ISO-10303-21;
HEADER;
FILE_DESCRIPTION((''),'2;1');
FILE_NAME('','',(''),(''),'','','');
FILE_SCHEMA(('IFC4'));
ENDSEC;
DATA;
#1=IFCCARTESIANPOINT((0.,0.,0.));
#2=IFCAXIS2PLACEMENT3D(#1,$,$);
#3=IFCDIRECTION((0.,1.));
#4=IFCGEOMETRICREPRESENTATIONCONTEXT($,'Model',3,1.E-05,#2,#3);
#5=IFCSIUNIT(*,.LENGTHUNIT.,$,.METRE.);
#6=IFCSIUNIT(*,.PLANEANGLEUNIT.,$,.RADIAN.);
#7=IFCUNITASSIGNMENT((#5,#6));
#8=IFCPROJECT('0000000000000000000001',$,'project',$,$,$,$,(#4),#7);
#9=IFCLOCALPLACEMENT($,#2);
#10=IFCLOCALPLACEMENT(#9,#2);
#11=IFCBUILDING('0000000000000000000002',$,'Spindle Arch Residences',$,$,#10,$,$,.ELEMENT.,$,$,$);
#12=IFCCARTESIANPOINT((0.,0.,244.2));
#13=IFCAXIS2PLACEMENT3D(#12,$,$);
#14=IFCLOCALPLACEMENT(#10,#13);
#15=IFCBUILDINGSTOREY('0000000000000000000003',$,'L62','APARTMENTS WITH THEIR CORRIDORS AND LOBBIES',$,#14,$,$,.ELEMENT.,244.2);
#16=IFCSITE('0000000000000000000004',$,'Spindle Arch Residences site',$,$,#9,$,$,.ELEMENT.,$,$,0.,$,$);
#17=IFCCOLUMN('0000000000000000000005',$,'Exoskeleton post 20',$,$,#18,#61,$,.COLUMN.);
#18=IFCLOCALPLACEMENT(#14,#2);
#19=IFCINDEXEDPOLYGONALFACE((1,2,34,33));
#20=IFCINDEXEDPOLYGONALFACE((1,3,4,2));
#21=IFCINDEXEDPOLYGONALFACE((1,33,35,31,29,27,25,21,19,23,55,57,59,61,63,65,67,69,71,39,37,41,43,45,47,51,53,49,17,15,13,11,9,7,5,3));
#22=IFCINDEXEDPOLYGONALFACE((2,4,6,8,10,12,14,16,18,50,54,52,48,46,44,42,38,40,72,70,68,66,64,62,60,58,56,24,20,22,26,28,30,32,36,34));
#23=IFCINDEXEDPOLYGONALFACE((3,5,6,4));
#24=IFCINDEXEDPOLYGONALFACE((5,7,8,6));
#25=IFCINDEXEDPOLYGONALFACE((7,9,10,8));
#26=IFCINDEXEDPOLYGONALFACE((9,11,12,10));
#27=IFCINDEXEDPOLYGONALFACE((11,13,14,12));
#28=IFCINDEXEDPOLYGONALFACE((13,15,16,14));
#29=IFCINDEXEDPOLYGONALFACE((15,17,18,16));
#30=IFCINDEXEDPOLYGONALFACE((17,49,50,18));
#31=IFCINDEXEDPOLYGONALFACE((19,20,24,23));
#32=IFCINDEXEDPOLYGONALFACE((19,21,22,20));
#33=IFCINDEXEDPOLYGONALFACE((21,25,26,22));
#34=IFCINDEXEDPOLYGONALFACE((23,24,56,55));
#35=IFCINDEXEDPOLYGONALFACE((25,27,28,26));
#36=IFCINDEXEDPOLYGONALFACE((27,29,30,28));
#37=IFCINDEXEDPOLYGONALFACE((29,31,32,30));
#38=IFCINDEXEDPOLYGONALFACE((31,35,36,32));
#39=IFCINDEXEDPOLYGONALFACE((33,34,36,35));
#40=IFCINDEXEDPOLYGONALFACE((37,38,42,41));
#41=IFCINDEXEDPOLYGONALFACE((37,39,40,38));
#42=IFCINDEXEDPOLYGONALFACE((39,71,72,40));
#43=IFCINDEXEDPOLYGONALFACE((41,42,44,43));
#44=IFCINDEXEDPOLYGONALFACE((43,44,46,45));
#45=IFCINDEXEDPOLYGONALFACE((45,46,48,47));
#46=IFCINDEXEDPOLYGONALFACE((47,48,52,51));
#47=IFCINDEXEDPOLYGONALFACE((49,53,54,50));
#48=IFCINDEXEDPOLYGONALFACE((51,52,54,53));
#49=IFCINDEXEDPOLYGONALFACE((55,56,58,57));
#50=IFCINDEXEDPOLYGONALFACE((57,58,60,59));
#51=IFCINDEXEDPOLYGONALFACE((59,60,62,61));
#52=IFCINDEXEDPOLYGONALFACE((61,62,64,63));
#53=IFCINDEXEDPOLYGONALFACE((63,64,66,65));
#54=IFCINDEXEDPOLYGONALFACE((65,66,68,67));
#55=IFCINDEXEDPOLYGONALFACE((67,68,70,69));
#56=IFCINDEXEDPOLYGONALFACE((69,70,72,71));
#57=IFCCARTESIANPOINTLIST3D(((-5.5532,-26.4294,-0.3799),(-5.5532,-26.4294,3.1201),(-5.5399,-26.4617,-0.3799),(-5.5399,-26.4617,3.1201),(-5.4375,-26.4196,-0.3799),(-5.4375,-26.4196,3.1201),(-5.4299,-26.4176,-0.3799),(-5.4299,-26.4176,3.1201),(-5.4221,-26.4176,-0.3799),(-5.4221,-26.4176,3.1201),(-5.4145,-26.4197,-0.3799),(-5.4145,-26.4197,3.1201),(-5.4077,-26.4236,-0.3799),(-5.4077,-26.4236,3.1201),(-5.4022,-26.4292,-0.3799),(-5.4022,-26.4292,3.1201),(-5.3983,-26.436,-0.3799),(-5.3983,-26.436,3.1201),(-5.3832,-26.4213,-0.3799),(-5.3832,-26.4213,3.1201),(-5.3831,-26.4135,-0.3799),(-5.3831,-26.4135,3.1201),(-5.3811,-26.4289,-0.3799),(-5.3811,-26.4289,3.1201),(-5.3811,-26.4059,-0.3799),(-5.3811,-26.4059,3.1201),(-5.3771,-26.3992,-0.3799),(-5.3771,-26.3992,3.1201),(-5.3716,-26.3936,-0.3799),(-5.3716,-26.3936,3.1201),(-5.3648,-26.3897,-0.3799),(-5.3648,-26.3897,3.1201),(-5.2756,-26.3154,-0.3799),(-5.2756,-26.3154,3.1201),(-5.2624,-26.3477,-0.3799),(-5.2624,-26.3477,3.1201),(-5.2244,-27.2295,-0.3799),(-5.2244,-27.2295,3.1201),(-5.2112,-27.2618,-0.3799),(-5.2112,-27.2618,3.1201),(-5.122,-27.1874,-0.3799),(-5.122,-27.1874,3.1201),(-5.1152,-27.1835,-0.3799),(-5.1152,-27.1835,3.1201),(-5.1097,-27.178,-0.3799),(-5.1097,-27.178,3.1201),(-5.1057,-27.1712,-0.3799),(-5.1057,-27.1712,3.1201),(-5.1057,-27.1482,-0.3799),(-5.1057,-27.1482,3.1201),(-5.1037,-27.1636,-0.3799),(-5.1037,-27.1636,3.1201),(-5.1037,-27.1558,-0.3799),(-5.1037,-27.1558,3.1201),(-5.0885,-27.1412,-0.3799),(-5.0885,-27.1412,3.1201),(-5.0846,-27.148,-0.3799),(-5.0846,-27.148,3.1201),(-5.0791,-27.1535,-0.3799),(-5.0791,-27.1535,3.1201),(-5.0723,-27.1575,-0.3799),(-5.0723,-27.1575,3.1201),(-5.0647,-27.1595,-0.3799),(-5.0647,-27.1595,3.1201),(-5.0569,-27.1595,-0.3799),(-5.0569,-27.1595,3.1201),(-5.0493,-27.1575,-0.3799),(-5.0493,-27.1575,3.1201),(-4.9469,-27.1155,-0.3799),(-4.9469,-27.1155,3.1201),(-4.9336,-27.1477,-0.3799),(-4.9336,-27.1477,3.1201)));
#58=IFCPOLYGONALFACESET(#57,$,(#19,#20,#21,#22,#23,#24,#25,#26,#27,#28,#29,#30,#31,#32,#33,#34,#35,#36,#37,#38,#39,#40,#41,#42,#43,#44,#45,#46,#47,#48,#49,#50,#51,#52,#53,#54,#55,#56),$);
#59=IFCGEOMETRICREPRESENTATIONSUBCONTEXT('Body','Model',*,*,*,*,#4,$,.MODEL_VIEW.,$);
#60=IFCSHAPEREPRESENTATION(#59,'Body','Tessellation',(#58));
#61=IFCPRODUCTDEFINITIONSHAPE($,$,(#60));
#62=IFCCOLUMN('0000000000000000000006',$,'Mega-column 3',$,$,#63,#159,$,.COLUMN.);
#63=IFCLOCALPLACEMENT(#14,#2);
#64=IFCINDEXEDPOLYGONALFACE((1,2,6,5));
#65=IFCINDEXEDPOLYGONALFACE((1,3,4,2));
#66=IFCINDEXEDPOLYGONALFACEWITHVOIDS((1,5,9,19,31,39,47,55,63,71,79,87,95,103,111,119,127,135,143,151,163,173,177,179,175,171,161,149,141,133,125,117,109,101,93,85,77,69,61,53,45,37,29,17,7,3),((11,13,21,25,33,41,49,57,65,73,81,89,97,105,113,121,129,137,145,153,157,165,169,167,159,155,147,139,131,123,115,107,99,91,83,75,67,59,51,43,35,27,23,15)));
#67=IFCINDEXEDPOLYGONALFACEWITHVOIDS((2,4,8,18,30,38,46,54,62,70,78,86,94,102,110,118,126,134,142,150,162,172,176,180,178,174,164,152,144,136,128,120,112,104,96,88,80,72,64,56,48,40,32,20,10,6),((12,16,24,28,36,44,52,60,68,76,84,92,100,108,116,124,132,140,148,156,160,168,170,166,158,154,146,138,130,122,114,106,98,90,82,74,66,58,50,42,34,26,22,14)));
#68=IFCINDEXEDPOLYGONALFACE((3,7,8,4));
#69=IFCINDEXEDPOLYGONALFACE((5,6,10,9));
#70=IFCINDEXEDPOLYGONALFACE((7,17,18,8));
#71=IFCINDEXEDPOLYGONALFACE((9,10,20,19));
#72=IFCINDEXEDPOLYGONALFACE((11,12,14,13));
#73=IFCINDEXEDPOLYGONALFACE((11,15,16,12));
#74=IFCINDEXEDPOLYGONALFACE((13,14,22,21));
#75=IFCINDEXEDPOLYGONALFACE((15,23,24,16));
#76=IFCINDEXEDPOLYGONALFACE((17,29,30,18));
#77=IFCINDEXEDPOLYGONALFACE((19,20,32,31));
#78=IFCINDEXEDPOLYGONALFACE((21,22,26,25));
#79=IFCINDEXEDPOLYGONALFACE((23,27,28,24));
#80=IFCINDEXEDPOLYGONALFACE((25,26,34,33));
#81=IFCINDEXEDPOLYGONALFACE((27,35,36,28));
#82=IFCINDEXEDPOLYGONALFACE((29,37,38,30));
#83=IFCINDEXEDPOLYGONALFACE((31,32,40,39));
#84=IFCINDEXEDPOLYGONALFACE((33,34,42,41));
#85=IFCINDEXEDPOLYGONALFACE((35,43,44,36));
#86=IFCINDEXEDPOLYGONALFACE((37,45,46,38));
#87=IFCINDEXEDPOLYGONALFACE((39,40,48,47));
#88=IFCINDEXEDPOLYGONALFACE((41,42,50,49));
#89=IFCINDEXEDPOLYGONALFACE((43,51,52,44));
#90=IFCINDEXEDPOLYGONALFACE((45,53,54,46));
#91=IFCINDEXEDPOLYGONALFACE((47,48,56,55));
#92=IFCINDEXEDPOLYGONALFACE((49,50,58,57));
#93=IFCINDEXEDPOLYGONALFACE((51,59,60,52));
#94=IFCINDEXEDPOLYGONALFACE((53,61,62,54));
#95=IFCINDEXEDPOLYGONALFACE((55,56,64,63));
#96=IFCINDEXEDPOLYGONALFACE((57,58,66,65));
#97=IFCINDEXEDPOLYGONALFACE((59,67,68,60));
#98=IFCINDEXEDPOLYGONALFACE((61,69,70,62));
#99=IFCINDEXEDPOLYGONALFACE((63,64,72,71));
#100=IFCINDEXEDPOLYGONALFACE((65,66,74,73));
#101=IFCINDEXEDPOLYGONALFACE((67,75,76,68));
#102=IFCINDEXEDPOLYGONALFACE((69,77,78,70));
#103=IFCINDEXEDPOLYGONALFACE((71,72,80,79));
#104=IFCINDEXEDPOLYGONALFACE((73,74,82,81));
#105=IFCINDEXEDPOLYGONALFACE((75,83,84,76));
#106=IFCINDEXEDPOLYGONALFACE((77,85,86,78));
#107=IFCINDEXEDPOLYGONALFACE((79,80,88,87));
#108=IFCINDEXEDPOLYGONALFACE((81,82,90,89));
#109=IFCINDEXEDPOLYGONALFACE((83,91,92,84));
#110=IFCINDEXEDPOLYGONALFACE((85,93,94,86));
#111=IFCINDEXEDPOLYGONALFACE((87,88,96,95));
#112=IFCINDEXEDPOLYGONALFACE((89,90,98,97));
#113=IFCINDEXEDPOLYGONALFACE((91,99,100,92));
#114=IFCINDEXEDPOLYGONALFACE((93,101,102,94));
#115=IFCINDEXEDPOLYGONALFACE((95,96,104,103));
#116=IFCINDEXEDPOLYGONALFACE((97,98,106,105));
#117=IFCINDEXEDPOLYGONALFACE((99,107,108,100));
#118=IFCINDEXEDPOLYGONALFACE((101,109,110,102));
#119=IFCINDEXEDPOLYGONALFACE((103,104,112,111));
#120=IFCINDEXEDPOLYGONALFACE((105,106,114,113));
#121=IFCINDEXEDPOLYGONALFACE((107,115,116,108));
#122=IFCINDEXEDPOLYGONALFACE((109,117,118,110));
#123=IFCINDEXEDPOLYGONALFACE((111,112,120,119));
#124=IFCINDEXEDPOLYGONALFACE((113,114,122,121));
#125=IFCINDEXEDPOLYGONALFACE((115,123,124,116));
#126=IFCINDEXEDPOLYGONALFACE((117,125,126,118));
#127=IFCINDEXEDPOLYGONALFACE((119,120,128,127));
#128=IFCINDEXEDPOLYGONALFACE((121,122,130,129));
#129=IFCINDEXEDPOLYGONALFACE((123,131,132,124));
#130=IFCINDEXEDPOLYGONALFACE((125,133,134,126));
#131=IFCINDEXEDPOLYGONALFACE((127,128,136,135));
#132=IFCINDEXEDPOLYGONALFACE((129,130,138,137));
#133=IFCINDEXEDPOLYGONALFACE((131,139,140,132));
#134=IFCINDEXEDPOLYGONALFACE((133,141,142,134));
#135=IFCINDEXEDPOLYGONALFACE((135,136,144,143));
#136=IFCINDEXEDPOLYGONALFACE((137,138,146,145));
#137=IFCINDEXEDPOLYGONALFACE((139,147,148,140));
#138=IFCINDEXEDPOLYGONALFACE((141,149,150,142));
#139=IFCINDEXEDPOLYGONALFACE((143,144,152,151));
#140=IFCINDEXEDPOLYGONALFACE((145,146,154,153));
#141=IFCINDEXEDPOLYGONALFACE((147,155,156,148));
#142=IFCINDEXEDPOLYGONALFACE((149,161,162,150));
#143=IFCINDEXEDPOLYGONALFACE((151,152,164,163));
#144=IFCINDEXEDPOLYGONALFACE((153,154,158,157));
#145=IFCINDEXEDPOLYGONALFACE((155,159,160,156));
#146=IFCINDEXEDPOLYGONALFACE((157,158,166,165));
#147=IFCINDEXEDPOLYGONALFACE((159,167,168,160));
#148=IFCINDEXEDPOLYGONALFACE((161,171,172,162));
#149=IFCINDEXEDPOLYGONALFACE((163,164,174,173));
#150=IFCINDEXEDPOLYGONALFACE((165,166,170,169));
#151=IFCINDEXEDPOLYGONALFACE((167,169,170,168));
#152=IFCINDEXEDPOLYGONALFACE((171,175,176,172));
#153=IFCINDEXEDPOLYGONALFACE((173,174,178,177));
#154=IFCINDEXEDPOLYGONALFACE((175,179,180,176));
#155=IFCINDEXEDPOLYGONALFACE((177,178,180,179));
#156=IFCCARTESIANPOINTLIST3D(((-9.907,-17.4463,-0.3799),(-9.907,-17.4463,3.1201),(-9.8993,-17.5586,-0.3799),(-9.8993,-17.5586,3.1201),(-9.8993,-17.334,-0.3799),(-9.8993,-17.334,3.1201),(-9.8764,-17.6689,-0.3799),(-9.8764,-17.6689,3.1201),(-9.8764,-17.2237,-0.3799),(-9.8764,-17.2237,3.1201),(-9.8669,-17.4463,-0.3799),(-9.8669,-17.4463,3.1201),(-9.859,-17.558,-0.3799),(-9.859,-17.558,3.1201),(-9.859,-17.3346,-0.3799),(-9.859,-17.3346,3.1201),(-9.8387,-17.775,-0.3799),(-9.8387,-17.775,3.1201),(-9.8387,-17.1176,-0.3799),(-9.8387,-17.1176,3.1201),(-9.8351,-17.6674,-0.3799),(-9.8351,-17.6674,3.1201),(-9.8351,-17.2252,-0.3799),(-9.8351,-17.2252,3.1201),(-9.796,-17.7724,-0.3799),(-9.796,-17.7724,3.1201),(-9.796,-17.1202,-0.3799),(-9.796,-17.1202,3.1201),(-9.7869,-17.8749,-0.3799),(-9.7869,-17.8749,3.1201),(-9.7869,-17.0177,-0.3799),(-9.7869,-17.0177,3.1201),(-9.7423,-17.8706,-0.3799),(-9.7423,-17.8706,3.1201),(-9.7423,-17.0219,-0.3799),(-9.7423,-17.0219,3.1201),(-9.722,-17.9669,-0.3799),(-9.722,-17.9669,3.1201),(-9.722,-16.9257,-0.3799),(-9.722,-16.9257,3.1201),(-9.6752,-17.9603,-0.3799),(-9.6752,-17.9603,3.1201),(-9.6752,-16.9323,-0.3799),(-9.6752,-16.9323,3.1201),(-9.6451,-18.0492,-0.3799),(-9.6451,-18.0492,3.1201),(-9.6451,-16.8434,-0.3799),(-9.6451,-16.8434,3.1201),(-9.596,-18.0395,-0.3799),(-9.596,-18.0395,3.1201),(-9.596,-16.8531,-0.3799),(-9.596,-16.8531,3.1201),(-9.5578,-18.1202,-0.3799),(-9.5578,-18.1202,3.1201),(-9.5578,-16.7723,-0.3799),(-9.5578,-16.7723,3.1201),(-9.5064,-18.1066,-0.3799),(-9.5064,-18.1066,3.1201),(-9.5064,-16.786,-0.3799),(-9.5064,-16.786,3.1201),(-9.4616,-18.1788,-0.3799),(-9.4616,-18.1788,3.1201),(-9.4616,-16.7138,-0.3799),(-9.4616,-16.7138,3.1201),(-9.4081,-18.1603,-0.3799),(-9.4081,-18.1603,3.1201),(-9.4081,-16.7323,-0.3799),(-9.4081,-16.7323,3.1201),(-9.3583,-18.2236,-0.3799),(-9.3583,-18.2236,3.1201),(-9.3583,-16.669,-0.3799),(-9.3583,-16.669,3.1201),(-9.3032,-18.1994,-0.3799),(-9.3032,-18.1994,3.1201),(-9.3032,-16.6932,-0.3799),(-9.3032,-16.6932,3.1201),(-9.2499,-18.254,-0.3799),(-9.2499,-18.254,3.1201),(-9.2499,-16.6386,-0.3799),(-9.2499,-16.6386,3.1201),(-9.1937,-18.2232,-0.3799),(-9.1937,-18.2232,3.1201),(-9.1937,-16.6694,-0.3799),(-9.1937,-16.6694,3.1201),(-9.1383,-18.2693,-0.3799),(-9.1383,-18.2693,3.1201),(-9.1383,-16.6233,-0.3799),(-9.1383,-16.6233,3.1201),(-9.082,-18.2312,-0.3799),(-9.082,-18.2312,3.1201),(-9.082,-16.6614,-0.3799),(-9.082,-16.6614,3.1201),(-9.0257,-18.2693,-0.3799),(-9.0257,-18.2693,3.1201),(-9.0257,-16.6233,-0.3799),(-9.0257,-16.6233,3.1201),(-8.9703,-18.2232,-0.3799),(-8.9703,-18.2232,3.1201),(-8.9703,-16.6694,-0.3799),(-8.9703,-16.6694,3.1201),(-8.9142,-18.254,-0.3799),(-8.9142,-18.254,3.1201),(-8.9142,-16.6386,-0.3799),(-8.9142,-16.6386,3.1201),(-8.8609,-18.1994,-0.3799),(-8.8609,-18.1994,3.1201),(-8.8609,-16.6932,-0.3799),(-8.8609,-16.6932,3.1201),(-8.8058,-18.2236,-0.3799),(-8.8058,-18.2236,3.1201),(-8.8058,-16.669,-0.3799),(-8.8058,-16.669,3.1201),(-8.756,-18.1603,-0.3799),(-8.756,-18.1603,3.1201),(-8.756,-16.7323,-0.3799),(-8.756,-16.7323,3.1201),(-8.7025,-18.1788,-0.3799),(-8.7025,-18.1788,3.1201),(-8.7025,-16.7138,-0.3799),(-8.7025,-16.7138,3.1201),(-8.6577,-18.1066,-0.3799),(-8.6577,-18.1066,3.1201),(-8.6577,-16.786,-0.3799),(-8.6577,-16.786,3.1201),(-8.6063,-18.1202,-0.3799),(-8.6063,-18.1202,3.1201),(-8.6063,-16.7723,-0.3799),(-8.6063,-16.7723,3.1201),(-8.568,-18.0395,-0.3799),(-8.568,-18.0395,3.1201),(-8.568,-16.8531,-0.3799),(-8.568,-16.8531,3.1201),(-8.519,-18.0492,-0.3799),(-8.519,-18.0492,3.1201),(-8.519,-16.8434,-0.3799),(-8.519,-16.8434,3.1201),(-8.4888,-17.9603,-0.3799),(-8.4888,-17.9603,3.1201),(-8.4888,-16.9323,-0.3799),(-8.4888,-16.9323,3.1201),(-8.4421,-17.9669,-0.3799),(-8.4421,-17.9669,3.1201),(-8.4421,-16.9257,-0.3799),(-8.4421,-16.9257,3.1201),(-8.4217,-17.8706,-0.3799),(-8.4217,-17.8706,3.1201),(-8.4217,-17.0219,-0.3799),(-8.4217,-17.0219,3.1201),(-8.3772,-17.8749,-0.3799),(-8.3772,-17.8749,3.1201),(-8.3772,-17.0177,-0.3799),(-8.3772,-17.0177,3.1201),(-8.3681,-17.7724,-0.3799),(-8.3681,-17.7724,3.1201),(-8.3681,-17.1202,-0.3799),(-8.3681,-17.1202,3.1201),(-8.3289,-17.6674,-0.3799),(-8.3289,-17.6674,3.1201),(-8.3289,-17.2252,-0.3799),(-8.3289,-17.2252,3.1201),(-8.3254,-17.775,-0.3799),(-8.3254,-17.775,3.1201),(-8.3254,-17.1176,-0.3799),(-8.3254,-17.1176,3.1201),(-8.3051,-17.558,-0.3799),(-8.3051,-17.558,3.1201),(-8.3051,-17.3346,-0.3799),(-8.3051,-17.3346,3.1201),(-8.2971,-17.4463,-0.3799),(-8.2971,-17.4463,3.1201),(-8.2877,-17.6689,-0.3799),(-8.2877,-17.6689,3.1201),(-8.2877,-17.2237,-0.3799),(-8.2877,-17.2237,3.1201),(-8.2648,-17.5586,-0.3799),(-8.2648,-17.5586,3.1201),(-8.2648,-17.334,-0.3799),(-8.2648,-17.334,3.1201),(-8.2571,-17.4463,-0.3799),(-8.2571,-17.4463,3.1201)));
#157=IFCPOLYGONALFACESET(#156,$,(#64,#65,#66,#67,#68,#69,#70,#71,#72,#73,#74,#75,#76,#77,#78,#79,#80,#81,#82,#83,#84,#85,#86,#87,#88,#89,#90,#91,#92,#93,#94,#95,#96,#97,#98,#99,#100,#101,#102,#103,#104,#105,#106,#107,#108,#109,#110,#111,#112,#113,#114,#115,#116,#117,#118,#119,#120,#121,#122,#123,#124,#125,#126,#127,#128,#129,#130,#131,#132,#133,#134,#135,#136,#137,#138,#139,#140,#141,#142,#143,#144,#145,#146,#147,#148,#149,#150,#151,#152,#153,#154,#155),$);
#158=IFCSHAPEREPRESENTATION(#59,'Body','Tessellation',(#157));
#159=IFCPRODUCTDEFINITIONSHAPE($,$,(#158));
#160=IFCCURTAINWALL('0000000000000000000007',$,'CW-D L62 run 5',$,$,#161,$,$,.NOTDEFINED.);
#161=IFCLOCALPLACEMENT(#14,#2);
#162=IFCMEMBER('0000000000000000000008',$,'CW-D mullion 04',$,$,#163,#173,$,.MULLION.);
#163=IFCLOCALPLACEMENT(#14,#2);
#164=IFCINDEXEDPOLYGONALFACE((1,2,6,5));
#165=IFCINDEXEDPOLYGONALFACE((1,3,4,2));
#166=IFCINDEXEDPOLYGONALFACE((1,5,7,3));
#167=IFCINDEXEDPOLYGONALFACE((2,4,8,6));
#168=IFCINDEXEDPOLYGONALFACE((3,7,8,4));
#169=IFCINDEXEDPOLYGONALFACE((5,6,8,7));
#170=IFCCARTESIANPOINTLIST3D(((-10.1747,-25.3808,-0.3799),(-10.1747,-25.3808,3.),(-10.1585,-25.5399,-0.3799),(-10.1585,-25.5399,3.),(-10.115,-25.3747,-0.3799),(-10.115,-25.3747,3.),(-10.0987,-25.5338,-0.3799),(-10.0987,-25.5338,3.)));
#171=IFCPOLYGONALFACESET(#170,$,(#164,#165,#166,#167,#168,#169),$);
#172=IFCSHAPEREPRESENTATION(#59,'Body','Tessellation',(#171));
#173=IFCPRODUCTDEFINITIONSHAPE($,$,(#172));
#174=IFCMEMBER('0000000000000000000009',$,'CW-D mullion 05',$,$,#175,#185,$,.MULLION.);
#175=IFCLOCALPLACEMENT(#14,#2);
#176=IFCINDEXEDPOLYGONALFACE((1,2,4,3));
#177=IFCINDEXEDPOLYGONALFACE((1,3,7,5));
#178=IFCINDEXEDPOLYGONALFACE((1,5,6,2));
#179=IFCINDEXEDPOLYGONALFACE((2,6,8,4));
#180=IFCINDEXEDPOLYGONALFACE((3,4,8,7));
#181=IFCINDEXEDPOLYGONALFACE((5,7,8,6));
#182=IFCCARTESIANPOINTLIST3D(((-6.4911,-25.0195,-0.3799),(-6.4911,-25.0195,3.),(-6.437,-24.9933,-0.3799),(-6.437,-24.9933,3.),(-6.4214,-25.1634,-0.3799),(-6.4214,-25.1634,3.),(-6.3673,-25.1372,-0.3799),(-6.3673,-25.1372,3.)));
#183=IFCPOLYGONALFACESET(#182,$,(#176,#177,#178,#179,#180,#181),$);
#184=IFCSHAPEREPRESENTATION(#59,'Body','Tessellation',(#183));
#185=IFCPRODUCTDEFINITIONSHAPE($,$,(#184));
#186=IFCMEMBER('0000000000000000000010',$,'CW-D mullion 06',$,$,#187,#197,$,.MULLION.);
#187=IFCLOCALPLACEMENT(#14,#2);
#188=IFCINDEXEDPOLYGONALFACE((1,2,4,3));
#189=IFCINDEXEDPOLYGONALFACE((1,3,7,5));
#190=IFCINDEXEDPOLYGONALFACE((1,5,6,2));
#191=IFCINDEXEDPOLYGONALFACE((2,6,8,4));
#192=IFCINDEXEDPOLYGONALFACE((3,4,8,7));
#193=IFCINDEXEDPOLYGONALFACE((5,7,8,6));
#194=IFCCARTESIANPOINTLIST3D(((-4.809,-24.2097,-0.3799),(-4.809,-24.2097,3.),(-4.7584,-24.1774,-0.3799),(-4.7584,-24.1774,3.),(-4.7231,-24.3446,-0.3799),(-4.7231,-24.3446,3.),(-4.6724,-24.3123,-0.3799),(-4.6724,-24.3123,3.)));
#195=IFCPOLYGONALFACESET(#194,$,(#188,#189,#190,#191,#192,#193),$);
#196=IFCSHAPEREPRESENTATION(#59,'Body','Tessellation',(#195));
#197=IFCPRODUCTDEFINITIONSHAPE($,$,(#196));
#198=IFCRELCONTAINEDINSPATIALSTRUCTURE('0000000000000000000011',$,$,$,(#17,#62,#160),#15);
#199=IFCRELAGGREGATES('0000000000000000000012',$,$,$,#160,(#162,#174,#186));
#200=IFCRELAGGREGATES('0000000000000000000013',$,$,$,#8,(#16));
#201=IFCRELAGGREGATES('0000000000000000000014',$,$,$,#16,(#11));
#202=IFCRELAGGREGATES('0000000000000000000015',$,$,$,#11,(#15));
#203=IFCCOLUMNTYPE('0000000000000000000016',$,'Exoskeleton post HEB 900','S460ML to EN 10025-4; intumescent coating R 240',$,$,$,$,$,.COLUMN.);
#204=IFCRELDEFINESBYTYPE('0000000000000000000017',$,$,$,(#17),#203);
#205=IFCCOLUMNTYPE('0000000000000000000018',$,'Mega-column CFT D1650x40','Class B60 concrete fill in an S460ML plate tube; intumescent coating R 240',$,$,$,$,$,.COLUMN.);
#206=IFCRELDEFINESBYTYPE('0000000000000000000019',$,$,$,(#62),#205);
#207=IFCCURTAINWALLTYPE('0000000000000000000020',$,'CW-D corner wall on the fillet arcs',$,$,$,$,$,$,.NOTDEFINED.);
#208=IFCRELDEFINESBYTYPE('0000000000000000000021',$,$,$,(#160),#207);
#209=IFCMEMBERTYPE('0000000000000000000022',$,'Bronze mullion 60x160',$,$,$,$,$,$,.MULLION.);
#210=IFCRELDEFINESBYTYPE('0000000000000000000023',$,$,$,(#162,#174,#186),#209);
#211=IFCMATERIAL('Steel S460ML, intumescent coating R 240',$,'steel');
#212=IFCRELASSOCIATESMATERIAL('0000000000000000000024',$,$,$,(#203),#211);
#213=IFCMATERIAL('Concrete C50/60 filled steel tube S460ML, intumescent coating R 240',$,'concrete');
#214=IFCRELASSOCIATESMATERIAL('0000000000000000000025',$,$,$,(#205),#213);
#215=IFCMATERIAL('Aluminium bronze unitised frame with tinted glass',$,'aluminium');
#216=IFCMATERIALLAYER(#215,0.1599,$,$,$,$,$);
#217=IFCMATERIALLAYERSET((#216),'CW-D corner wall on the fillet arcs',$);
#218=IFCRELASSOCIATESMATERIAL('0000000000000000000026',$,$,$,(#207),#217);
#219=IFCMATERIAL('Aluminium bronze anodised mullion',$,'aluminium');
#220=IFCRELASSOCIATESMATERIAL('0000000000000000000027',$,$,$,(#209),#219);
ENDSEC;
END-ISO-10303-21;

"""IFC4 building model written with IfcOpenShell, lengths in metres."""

from ifc_helpers import new_model, si_unit, direction, frame, origin, origin_2d, place, context, subcontext, project, spatial, rectangle, hollow_circle, i_section, extrude, material, layer, layer_set, material_profile, profile_set, type_object, element, aggregate, save


model = new_model("IFC4")

# Units and contexts
model_context = context("Model", 3, precision=1e-05, world=origin(), true_north=direction((0.0, 1.0)))
body_context = subcontext(model_context, "Body", "Model", "MODEL_VIEW")
ifc_project = project(units=[si_unit("LENGTHUNIT", "METRE"), si_unit("PLANEANGLEUNIT", "RADIAN")], contexts=[model_context])

# Site, building, storey
site_placement = place(None, origin())
site = spatial("IfcSite", under=ifc_project, at=site_placement, Name="Spindle Arch Residences site", CompositionType="ELEMENT", RefElevation=0.0)
building_placement = place(site_placement, origin())
building = spatial("IfcBuilding", under=site, at=building_placement, Name="Spindle Arch Residences", CompositionType="ELEMENT")
storey_placement = place(building_placement, frame((0.0, 0.0, 244.2)))
storey = spatial("IfcBuildingStorey", under=building, at=storey_placement, Name="L62", Description="APARTMENTS WITH THEIR CORRIDORS AND LOBBIES", CompositionType="ELEMENT", Elevation=244.2)

# Columns
ifc_material_1 = material(Name="Steel S460ML, intumescent coating R 240", Category="steel")
ifc_material_profile_1 = material_profile(ifc_material_1, i_section(OverallWidth=0.3, OverallDepth=0.8999, WebThickness=0.0186, FlangeThickness=0.0349, FilletRadius=0.03, at=origin_2d()), Name="HEB 900")
ifc_profile_set_1 = profile_set([ifc_material_profile_1], Name="Steel S460ML, intumescent coating R 240")
column_type_1 = type_object("IfcColumnType", Name="Exoskeleton post HEB 900", Description="S460ML to EN 10025-4; intumescent coating R 240", PredefinedType="COLUMN", material=ifc_profile_set_1)
column_1_placement = place(storey_placement, frame((-5.2434, -26.7886, -0.3799), z_axis=(0.0, 0.0, 1.0), x_axis=(-0.924968, -0.380046, 0.0)))
element("IfcColumn", 1, at=column_1_placement, inside=storey, type_object=column_type_1, Name="Exoskeleton post 20", PredefinedType="COLUMN", context=body_context, shape_type="SweptSolid", body=[
    extrude(i_section(OverallWidth=0.3, OverallDepth=0.8999, WebThickness=0.0186, FlangeThickness=0.0349, FilletRadius=0.03, at=origin_2d()), origin(), (0.0, 0.0, 1.0), 3.5),
])
ifc_material_2 = material(Name="Concrete C50/60 filled steel tube S460ML, intumescent coating R 240", Category="concrete")
ifc_material_profile_2 = material_profile(ifc_material_2, hollow_circle(Radius=0.825, WallThickness=0.04, at=origin_2d()), Name="CFT D1650x40")
ifc_profile_set_2 = profile_set([ifc_material_profile_2], Name="Concrete C50/60 filled steel tube S460ML, intumescent coating R 240")
column_type_2 = type_object("IfcColumnType", Name="Mega-column CFT D1650x40", Description="Class B60 concrete fill in an S460ML plate tube; intumescent coating R 240", PredefinedType="COLUMN", material=ifc_profile_set_2)
column_2_placement = place(storey_placement, frame((-9.082, -17.4463, -0.3799), z_axis=(0.0, 0.0, 1.0), x_axis=(1.0, 0.0, 0.0)))
element("IfcColumn", 2, at=column_2_placement, inside=storey, type_object=column_type_2, Name="Mega-column 3", PredefinedType="COLUMN", context=body_context, shape_type="SweptSolid", body=[
    extrude(hollow_circle(Radius=0.825, WallThickness=0.04, at=origin_2d()), origin(), (0.0, 0.0, 1.0), 3.5),
])

# Curtain wall, members
ifc_material_3 = material(Name="Aluminium bronze unitised frame with tinted glass", Category="aluminium")
ifc_layer_1 = layer(ifc_material_3, 0.1599)
ifc_layer_set_1 = layer_set([ifc_layer_1], Name="CW-D corner wall on the fillet arcs")
curtain_wall_type = type_object("IfcCurtainWallType", Name="CW-D corner wall on the fillet arcs", PredefinedType="NOTDEFINED", material=ifc_layer_set_1)
curtain_wall_placement = place(storey_placement, origin())
curtain_wall = element("IfcCurtainWall", 3, at=curtain_wall_placement, inside=storey, type_object=curtain_wall_type, Name="CW-D L62 run 5", PredefinedType="NOTDEFINED")
ifc_material_4 = material(Name="Aluminium bronze anodised mullion", Category="aluminium")
ifc_material_profile_3 = material_profile(ifc_material_4, rectangle(XDim=0.1599, YDim=0.0601, at=origin_2d()), Name="MU 60x160")
ifc_profile_set_3 = profile_set([ifc_material_profile_3], Name="Aluminium bronze anodised mullion")
member_type_1 = type_object("IfcMemberType", Name="Bronze mullion 60x160", PredefinedType="MULLION", material=ifc_profile_set_3)
member_1_placement = place(storey_placement, frame((-10.1367, -25.4573, -0.3799), z_axis=(0.0, 0.0, 1.0), x_axis=(-0.101635, 0.994822, 0.0)))
member_1 = element("IfcMember", 4, at=member_1_placement, type_object=member_type_1, Name="CW-D mullion 04", PredefinedType="MULLION", context=body_context, shape_type="SweptSolid", body=[
    extrude(rectangle(XDim=0.1599, YDim=0.0601, at=origin_2d()), origin(), (0.0, 0.0, 1.0), 3.3799),
])
member_2_placement = place(storey_placement, frame((-6.4292, -25.0784, -0.3799), z_axis=(0.0, 0.0, 1.0), x_axis=(-0.435755, 0.900065, 0.0)))
member_2 = element("IfcMember", 5, at=member_2_placement, type_object=member_type_1, Name="CW-D mullion 05", PredefinedType="MULLION", context=body_context, shape_type="SweptSolid", body=[
    extrude(rectangle(XDim=0.1599, YDim=0.0601, at=origin_2d()), origin(), (0.0, 0.0, 1.0), 3.3799),
])
member_3_placement = place(storey_placement, frame((-4.7407, -24.261, -0.3799), z_axis=(0.0, 0.0, 1.0), x_axis=(-0.5373, 0.843391, 0.0)))
member_3 = element("IfcMember", 6, at=member_3_placement, type_object=member_type_1, Name="CW-D mullion 06", PredefinedType="MULLION", context=body_context, shape_type="SweptSolid", body=[
    extrude(rectangle(XDim=0.1599, YDim=0.0601, at=origin_2d()), origin(), (0.0, 0.0, 1.0), 3.3799),
])

aggregate(curtain_wall, [member_1, member_2, member_3])

save(model, "model.ifc")
